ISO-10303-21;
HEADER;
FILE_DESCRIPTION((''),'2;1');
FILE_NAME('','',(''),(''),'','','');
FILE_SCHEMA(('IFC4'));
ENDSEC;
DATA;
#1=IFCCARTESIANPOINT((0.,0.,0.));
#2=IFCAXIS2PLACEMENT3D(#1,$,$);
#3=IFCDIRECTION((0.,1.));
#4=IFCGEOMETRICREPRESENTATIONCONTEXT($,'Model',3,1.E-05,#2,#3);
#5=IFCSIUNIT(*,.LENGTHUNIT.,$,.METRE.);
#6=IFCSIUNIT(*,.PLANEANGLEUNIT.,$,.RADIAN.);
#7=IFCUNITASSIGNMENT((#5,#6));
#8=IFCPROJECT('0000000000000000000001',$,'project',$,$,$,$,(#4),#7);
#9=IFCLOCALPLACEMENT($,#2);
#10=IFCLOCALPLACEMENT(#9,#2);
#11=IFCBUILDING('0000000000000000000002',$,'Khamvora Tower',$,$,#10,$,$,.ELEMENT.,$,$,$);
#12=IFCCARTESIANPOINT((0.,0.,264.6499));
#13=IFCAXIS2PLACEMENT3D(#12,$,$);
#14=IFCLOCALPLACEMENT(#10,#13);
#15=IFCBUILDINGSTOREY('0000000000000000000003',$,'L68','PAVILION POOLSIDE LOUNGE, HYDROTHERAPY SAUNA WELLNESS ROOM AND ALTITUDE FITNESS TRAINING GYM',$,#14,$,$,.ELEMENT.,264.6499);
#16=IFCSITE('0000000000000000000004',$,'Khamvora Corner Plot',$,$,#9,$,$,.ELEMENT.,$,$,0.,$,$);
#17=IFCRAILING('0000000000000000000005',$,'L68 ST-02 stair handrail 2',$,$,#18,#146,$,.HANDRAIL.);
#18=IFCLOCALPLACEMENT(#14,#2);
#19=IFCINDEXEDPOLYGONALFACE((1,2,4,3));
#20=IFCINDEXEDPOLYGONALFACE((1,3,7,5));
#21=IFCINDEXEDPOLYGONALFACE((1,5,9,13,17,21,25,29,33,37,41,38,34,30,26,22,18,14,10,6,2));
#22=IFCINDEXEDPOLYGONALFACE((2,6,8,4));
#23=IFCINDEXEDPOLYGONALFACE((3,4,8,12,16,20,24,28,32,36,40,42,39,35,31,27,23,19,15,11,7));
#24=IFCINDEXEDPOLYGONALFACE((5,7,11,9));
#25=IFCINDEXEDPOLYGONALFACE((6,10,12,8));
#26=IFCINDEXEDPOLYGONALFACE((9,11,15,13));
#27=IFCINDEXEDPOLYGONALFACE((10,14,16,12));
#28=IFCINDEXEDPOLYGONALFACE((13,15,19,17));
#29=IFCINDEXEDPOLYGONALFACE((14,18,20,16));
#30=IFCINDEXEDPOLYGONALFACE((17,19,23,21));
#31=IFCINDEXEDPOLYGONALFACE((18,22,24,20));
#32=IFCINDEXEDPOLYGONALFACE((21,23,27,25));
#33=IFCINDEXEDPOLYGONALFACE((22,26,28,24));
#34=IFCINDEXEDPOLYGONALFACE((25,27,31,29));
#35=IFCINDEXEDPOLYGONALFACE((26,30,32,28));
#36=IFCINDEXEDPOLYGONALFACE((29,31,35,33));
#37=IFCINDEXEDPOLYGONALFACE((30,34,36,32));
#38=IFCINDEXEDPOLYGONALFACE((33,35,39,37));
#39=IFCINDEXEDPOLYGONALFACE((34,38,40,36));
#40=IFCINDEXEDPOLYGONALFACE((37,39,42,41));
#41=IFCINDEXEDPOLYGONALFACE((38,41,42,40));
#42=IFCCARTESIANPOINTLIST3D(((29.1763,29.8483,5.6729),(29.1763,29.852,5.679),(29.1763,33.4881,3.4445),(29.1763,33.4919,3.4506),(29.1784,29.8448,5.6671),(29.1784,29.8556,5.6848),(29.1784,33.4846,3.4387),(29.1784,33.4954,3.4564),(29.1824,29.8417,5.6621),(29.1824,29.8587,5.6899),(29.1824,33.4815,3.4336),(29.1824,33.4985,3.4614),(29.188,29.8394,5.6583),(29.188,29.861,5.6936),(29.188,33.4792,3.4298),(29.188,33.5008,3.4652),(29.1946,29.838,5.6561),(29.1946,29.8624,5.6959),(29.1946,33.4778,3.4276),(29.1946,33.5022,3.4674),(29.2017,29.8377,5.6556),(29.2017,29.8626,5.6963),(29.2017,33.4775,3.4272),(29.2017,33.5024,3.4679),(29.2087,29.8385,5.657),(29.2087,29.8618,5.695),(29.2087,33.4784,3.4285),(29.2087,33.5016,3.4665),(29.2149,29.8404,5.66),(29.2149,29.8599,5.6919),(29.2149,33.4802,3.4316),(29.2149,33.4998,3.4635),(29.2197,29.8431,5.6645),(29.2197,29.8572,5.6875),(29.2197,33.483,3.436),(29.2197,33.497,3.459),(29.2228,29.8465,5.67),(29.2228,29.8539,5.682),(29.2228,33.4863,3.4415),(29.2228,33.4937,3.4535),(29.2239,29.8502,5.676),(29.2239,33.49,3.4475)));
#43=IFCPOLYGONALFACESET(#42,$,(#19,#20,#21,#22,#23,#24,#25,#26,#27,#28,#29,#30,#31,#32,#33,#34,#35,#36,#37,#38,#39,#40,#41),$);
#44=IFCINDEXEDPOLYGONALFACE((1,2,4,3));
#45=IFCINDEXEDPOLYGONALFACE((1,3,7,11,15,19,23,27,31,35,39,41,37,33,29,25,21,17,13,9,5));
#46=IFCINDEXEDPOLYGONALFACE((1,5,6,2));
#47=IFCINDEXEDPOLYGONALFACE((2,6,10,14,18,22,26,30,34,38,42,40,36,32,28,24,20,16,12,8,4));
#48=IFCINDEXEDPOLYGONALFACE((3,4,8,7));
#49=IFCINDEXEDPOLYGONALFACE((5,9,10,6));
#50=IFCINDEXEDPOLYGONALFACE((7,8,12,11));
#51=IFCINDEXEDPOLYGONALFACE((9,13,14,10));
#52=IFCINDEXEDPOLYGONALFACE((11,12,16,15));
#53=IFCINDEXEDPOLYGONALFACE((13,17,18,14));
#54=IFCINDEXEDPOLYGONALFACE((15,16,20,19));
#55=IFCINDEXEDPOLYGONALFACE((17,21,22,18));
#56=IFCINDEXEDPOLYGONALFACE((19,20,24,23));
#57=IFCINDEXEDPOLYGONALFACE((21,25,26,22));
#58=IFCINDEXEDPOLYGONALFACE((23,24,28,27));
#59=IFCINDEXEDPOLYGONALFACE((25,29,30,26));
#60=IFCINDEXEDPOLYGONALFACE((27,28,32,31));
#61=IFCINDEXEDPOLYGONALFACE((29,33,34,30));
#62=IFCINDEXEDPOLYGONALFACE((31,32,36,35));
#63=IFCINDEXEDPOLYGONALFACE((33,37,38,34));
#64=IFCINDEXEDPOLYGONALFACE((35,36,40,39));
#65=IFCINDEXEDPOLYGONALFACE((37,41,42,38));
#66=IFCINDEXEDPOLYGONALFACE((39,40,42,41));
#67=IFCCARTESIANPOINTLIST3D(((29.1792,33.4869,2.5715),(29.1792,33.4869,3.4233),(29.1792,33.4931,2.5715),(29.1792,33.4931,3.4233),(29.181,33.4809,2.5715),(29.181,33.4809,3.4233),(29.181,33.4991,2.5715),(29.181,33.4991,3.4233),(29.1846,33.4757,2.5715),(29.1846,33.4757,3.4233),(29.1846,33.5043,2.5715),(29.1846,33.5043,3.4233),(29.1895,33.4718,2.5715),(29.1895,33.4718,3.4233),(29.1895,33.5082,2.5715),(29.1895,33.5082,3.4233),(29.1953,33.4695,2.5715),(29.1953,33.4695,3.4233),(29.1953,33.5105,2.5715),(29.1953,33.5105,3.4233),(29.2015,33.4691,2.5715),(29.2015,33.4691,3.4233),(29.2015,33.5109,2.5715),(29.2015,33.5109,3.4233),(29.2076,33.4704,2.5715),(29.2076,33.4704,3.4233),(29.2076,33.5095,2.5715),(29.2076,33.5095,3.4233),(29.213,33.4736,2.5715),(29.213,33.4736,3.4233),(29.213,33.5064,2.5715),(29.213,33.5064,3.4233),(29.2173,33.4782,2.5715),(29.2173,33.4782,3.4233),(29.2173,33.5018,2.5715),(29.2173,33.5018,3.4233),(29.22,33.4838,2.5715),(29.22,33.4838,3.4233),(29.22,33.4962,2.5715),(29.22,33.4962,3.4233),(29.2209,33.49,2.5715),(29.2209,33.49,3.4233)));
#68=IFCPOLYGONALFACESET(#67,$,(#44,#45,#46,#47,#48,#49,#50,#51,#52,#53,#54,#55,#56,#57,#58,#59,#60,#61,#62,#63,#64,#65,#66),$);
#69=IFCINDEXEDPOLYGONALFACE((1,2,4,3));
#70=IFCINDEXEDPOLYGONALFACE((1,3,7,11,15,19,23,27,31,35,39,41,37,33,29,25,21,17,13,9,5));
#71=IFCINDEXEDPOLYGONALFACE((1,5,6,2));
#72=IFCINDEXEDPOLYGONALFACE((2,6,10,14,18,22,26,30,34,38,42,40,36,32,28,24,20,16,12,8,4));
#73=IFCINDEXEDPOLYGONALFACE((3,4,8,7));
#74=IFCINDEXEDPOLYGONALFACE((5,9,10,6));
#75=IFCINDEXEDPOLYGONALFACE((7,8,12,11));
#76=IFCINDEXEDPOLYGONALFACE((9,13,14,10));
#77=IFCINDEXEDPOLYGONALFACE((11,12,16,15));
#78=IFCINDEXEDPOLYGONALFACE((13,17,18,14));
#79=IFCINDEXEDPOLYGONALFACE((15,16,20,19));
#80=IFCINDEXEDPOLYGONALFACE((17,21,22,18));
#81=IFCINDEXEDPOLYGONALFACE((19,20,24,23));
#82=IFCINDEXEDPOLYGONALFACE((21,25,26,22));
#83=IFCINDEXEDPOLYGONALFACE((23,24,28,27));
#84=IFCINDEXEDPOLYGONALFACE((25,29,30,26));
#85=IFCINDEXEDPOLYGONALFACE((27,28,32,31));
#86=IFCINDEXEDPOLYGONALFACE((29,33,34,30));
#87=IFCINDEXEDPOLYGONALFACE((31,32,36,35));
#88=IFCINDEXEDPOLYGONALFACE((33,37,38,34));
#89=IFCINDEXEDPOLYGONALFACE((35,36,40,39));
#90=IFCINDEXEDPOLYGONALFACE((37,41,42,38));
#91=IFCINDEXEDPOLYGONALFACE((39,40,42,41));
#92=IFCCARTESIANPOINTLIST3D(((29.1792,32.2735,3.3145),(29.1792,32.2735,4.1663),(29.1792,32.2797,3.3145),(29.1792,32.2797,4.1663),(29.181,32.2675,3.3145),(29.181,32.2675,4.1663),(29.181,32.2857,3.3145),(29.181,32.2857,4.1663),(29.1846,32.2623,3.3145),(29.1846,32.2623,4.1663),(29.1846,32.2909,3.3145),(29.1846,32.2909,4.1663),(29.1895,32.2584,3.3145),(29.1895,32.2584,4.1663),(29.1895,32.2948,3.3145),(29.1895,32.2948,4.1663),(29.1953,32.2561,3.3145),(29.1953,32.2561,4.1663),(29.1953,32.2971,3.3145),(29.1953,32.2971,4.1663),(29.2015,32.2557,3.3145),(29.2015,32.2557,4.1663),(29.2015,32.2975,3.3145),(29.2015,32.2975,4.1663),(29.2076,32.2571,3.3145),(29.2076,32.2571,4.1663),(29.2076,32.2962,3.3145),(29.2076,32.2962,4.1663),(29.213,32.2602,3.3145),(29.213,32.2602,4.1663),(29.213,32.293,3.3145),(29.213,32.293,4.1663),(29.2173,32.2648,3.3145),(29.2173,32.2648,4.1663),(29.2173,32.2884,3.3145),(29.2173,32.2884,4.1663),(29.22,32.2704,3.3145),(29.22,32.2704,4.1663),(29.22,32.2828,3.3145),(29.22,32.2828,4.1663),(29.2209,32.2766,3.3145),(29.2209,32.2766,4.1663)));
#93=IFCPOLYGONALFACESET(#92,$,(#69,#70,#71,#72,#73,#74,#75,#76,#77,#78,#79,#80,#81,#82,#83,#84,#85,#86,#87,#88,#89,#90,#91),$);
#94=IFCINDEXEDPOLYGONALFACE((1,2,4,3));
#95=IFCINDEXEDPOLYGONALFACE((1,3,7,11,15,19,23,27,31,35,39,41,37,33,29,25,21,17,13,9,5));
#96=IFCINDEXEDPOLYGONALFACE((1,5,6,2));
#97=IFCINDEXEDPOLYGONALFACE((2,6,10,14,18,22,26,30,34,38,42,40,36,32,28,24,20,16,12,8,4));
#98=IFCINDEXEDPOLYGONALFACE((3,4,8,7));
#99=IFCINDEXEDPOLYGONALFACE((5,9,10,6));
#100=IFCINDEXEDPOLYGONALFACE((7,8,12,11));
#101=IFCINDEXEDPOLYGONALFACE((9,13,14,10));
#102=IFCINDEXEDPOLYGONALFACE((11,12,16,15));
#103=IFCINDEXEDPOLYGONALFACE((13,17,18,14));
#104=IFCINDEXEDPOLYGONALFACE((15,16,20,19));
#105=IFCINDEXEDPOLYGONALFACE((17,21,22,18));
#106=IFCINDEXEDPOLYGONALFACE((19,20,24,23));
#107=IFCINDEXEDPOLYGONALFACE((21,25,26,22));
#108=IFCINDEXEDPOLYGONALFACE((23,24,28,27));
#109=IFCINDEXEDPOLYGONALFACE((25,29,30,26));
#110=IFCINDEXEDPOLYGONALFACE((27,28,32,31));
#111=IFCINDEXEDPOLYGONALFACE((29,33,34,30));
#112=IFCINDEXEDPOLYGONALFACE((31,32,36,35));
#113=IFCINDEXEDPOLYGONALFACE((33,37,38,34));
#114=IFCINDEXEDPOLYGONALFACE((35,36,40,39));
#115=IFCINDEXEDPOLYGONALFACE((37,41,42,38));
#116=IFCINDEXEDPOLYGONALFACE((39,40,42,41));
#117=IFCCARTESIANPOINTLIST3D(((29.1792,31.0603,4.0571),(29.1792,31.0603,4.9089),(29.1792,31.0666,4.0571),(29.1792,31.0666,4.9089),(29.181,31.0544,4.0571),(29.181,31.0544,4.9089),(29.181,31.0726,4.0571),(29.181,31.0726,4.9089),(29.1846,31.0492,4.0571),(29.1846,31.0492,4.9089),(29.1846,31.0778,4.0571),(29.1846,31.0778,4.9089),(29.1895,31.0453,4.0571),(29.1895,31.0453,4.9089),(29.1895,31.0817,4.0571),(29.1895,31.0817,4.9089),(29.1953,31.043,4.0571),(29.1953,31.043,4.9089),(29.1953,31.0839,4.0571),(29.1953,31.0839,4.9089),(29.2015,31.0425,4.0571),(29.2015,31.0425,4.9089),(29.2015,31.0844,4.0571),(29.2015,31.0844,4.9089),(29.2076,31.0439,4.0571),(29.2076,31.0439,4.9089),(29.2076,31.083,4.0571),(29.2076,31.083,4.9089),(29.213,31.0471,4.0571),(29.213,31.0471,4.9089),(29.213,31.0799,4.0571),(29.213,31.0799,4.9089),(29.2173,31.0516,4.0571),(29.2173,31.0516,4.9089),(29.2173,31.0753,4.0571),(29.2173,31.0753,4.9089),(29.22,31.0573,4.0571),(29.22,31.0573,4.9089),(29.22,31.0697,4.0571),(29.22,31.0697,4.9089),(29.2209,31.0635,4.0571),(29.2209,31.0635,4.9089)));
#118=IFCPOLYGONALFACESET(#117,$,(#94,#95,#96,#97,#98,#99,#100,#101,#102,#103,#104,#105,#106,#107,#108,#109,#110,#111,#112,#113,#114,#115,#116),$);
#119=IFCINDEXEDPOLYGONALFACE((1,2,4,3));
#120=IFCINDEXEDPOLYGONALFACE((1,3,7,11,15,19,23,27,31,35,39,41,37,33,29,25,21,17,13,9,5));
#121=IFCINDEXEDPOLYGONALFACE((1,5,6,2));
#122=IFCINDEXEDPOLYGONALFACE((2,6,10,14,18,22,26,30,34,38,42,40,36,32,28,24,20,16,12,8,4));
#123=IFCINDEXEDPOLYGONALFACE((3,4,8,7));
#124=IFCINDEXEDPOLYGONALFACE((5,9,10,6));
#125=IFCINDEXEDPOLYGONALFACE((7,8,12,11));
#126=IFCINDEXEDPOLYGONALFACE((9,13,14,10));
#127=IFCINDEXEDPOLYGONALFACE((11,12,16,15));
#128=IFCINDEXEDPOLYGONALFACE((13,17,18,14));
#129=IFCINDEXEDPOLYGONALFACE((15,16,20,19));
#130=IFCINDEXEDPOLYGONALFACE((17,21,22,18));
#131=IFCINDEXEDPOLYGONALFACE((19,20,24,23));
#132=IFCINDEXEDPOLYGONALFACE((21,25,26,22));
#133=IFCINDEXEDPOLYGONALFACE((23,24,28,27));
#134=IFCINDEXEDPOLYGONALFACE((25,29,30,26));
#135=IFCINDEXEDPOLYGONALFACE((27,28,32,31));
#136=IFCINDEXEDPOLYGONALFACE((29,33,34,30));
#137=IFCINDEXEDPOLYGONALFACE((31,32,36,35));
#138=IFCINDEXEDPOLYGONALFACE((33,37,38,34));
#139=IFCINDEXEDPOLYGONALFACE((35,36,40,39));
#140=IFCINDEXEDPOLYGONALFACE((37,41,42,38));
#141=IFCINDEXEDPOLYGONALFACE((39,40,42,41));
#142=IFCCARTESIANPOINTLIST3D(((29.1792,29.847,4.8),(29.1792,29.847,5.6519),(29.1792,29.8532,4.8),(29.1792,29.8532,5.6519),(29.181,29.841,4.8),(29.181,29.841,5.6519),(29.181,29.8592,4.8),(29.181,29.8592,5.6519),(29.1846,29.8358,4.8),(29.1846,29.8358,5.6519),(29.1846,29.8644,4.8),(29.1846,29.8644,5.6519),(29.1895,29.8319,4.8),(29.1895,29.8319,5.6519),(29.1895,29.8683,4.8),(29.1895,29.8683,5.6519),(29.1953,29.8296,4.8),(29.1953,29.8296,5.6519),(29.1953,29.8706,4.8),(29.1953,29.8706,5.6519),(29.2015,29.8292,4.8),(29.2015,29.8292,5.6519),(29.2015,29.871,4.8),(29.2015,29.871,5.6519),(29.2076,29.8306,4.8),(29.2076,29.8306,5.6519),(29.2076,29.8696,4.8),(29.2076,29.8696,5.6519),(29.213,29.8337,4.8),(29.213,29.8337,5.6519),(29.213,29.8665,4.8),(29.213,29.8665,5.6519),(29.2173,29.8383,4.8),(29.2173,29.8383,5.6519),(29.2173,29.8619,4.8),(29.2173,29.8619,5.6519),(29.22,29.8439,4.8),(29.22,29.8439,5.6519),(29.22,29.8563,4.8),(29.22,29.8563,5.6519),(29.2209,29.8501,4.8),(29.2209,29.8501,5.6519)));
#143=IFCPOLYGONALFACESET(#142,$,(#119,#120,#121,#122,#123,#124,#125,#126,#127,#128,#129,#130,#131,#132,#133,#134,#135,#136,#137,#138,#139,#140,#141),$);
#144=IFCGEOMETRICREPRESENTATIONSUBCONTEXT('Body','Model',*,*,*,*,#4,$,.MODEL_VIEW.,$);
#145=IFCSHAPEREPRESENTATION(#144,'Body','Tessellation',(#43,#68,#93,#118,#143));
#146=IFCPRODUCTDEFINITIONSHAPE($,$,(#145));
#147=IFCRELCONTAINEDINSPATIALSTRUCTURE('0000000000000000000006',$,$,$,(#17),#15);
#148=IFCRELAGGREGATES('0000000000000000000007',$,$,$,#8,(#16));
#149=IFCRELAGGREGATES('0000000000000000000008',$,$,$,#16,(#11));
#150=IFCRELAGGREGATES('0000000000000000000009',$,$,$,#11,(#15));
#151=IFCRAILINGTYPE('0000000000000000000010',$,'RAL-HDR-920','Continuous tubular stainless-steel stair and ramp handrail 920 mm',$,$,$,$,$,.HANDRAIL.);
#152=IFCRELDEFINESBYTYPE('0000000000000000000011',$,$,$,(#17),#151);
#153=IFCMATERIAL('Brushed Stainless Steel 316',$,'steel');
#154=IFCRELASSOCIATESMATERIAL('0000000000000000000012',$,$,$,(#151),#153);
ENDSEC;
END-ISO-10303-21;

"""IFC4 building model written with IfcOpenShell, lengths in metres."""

from ifc_helpers import new_model, si_unit, direction, frame, origin, origin_2d, place, context, subcontext, project, spatial, circle, extrude, material, type_object, element, save


model = new_model("IFC4")

# Units and contexts
model_context = context("Model", 3, precision=1e-05, world=origin(), true_north=direction((0.0, 1.0)))
body_context = subcontext(model_context, "Body", "Model", "MODEL_VIEW")
ifc_project = project(units=[si_unit("LENGTHUNIT", "METRE"), si_unit("PLANEANGLEUNIT", "RADIAN")], contexts=[model_context])

# Site, building, storey
site_placement = place(None, origin())
site = spatial("IfcSite", under=ifc_project, at=site_placement, Name="Khamvora Corner Plot", CompositionType="ELEMENT", RefElevation=0.0)
building_placement = place(site_placement, origin())
building = spatial("IfcBuilding", under=site, at=building_placement, Name="Khamvora Tower", CompositionType="ELEMENT")
storey_placement = place(building_placement, frame((0.0, 0.0, 264.6499)))
storey = spatial("IfcBuildingStorey", under=building, at=storey_placement, Name="L68", Description="PAVILION POOLSIDE LOUNGE, HYDROTHERAPY SAUNA WELLNESS ROOM AND ALTITUDE FITNESS TRAINING GYM", CompositionType="ELEMENT", Elevation=264.6499)

# Railing
ifc_material_1 = material(Name="Brushed Stainless Steel 316", Category="steel")
railing_type_1 = type_object("IfcRailingType", Name="RAL-HDR-920", Description="Continuous tubular stainless-steel stair and ramp handrail 920 mm", PredefinedType="HANDRAIL", material=ifc_material_1)
railing_1_placement = place(storey_placement, frame((29.2, 33.49, 2.5715)))
element("IfcRailing", 1, at=railing_1_placement, inside=storey, type_object=railing_type_1, Name="L68 ST-02 stair handrail 2", PredefinedType="HANDRAIL", context=body_context, shape_type="SweptSolid", body=[
    extrude(circle(Radius=0.0239, at=origin_2d()), frame((0.0, 0.0, 0.876), z_axis=(0.0, -0.85285, 0.522156), x_axis=(1.0, 0.0, 0.0)), (0.0, 0.0, 1.0), 4.2678),
    extrude(circle(Radius=0.021, at=origin_2d()), origin(), (0.0, 0.0, 1.0), 0.8518),
    extrude(circle(Radius=0.021, at=origin_2d()), frame((0.0, -1.2134, 0.7429)), (0.0, 0.0, 1.0), 0.8518),
    extrude(circle(Radius=0.021, at=origin_2d()), frame((0.0, -2.4265, 1.4856)), (0.0, 0.0, 1.0), 0.8518),
    extrude(circle(Radius=0.021, at=origin_2d()), frame((0.0, -3.6399, 2.2285)), (0.0, 0.0, 1.0), 0.8518),
])

save(model, "model.ifc")
